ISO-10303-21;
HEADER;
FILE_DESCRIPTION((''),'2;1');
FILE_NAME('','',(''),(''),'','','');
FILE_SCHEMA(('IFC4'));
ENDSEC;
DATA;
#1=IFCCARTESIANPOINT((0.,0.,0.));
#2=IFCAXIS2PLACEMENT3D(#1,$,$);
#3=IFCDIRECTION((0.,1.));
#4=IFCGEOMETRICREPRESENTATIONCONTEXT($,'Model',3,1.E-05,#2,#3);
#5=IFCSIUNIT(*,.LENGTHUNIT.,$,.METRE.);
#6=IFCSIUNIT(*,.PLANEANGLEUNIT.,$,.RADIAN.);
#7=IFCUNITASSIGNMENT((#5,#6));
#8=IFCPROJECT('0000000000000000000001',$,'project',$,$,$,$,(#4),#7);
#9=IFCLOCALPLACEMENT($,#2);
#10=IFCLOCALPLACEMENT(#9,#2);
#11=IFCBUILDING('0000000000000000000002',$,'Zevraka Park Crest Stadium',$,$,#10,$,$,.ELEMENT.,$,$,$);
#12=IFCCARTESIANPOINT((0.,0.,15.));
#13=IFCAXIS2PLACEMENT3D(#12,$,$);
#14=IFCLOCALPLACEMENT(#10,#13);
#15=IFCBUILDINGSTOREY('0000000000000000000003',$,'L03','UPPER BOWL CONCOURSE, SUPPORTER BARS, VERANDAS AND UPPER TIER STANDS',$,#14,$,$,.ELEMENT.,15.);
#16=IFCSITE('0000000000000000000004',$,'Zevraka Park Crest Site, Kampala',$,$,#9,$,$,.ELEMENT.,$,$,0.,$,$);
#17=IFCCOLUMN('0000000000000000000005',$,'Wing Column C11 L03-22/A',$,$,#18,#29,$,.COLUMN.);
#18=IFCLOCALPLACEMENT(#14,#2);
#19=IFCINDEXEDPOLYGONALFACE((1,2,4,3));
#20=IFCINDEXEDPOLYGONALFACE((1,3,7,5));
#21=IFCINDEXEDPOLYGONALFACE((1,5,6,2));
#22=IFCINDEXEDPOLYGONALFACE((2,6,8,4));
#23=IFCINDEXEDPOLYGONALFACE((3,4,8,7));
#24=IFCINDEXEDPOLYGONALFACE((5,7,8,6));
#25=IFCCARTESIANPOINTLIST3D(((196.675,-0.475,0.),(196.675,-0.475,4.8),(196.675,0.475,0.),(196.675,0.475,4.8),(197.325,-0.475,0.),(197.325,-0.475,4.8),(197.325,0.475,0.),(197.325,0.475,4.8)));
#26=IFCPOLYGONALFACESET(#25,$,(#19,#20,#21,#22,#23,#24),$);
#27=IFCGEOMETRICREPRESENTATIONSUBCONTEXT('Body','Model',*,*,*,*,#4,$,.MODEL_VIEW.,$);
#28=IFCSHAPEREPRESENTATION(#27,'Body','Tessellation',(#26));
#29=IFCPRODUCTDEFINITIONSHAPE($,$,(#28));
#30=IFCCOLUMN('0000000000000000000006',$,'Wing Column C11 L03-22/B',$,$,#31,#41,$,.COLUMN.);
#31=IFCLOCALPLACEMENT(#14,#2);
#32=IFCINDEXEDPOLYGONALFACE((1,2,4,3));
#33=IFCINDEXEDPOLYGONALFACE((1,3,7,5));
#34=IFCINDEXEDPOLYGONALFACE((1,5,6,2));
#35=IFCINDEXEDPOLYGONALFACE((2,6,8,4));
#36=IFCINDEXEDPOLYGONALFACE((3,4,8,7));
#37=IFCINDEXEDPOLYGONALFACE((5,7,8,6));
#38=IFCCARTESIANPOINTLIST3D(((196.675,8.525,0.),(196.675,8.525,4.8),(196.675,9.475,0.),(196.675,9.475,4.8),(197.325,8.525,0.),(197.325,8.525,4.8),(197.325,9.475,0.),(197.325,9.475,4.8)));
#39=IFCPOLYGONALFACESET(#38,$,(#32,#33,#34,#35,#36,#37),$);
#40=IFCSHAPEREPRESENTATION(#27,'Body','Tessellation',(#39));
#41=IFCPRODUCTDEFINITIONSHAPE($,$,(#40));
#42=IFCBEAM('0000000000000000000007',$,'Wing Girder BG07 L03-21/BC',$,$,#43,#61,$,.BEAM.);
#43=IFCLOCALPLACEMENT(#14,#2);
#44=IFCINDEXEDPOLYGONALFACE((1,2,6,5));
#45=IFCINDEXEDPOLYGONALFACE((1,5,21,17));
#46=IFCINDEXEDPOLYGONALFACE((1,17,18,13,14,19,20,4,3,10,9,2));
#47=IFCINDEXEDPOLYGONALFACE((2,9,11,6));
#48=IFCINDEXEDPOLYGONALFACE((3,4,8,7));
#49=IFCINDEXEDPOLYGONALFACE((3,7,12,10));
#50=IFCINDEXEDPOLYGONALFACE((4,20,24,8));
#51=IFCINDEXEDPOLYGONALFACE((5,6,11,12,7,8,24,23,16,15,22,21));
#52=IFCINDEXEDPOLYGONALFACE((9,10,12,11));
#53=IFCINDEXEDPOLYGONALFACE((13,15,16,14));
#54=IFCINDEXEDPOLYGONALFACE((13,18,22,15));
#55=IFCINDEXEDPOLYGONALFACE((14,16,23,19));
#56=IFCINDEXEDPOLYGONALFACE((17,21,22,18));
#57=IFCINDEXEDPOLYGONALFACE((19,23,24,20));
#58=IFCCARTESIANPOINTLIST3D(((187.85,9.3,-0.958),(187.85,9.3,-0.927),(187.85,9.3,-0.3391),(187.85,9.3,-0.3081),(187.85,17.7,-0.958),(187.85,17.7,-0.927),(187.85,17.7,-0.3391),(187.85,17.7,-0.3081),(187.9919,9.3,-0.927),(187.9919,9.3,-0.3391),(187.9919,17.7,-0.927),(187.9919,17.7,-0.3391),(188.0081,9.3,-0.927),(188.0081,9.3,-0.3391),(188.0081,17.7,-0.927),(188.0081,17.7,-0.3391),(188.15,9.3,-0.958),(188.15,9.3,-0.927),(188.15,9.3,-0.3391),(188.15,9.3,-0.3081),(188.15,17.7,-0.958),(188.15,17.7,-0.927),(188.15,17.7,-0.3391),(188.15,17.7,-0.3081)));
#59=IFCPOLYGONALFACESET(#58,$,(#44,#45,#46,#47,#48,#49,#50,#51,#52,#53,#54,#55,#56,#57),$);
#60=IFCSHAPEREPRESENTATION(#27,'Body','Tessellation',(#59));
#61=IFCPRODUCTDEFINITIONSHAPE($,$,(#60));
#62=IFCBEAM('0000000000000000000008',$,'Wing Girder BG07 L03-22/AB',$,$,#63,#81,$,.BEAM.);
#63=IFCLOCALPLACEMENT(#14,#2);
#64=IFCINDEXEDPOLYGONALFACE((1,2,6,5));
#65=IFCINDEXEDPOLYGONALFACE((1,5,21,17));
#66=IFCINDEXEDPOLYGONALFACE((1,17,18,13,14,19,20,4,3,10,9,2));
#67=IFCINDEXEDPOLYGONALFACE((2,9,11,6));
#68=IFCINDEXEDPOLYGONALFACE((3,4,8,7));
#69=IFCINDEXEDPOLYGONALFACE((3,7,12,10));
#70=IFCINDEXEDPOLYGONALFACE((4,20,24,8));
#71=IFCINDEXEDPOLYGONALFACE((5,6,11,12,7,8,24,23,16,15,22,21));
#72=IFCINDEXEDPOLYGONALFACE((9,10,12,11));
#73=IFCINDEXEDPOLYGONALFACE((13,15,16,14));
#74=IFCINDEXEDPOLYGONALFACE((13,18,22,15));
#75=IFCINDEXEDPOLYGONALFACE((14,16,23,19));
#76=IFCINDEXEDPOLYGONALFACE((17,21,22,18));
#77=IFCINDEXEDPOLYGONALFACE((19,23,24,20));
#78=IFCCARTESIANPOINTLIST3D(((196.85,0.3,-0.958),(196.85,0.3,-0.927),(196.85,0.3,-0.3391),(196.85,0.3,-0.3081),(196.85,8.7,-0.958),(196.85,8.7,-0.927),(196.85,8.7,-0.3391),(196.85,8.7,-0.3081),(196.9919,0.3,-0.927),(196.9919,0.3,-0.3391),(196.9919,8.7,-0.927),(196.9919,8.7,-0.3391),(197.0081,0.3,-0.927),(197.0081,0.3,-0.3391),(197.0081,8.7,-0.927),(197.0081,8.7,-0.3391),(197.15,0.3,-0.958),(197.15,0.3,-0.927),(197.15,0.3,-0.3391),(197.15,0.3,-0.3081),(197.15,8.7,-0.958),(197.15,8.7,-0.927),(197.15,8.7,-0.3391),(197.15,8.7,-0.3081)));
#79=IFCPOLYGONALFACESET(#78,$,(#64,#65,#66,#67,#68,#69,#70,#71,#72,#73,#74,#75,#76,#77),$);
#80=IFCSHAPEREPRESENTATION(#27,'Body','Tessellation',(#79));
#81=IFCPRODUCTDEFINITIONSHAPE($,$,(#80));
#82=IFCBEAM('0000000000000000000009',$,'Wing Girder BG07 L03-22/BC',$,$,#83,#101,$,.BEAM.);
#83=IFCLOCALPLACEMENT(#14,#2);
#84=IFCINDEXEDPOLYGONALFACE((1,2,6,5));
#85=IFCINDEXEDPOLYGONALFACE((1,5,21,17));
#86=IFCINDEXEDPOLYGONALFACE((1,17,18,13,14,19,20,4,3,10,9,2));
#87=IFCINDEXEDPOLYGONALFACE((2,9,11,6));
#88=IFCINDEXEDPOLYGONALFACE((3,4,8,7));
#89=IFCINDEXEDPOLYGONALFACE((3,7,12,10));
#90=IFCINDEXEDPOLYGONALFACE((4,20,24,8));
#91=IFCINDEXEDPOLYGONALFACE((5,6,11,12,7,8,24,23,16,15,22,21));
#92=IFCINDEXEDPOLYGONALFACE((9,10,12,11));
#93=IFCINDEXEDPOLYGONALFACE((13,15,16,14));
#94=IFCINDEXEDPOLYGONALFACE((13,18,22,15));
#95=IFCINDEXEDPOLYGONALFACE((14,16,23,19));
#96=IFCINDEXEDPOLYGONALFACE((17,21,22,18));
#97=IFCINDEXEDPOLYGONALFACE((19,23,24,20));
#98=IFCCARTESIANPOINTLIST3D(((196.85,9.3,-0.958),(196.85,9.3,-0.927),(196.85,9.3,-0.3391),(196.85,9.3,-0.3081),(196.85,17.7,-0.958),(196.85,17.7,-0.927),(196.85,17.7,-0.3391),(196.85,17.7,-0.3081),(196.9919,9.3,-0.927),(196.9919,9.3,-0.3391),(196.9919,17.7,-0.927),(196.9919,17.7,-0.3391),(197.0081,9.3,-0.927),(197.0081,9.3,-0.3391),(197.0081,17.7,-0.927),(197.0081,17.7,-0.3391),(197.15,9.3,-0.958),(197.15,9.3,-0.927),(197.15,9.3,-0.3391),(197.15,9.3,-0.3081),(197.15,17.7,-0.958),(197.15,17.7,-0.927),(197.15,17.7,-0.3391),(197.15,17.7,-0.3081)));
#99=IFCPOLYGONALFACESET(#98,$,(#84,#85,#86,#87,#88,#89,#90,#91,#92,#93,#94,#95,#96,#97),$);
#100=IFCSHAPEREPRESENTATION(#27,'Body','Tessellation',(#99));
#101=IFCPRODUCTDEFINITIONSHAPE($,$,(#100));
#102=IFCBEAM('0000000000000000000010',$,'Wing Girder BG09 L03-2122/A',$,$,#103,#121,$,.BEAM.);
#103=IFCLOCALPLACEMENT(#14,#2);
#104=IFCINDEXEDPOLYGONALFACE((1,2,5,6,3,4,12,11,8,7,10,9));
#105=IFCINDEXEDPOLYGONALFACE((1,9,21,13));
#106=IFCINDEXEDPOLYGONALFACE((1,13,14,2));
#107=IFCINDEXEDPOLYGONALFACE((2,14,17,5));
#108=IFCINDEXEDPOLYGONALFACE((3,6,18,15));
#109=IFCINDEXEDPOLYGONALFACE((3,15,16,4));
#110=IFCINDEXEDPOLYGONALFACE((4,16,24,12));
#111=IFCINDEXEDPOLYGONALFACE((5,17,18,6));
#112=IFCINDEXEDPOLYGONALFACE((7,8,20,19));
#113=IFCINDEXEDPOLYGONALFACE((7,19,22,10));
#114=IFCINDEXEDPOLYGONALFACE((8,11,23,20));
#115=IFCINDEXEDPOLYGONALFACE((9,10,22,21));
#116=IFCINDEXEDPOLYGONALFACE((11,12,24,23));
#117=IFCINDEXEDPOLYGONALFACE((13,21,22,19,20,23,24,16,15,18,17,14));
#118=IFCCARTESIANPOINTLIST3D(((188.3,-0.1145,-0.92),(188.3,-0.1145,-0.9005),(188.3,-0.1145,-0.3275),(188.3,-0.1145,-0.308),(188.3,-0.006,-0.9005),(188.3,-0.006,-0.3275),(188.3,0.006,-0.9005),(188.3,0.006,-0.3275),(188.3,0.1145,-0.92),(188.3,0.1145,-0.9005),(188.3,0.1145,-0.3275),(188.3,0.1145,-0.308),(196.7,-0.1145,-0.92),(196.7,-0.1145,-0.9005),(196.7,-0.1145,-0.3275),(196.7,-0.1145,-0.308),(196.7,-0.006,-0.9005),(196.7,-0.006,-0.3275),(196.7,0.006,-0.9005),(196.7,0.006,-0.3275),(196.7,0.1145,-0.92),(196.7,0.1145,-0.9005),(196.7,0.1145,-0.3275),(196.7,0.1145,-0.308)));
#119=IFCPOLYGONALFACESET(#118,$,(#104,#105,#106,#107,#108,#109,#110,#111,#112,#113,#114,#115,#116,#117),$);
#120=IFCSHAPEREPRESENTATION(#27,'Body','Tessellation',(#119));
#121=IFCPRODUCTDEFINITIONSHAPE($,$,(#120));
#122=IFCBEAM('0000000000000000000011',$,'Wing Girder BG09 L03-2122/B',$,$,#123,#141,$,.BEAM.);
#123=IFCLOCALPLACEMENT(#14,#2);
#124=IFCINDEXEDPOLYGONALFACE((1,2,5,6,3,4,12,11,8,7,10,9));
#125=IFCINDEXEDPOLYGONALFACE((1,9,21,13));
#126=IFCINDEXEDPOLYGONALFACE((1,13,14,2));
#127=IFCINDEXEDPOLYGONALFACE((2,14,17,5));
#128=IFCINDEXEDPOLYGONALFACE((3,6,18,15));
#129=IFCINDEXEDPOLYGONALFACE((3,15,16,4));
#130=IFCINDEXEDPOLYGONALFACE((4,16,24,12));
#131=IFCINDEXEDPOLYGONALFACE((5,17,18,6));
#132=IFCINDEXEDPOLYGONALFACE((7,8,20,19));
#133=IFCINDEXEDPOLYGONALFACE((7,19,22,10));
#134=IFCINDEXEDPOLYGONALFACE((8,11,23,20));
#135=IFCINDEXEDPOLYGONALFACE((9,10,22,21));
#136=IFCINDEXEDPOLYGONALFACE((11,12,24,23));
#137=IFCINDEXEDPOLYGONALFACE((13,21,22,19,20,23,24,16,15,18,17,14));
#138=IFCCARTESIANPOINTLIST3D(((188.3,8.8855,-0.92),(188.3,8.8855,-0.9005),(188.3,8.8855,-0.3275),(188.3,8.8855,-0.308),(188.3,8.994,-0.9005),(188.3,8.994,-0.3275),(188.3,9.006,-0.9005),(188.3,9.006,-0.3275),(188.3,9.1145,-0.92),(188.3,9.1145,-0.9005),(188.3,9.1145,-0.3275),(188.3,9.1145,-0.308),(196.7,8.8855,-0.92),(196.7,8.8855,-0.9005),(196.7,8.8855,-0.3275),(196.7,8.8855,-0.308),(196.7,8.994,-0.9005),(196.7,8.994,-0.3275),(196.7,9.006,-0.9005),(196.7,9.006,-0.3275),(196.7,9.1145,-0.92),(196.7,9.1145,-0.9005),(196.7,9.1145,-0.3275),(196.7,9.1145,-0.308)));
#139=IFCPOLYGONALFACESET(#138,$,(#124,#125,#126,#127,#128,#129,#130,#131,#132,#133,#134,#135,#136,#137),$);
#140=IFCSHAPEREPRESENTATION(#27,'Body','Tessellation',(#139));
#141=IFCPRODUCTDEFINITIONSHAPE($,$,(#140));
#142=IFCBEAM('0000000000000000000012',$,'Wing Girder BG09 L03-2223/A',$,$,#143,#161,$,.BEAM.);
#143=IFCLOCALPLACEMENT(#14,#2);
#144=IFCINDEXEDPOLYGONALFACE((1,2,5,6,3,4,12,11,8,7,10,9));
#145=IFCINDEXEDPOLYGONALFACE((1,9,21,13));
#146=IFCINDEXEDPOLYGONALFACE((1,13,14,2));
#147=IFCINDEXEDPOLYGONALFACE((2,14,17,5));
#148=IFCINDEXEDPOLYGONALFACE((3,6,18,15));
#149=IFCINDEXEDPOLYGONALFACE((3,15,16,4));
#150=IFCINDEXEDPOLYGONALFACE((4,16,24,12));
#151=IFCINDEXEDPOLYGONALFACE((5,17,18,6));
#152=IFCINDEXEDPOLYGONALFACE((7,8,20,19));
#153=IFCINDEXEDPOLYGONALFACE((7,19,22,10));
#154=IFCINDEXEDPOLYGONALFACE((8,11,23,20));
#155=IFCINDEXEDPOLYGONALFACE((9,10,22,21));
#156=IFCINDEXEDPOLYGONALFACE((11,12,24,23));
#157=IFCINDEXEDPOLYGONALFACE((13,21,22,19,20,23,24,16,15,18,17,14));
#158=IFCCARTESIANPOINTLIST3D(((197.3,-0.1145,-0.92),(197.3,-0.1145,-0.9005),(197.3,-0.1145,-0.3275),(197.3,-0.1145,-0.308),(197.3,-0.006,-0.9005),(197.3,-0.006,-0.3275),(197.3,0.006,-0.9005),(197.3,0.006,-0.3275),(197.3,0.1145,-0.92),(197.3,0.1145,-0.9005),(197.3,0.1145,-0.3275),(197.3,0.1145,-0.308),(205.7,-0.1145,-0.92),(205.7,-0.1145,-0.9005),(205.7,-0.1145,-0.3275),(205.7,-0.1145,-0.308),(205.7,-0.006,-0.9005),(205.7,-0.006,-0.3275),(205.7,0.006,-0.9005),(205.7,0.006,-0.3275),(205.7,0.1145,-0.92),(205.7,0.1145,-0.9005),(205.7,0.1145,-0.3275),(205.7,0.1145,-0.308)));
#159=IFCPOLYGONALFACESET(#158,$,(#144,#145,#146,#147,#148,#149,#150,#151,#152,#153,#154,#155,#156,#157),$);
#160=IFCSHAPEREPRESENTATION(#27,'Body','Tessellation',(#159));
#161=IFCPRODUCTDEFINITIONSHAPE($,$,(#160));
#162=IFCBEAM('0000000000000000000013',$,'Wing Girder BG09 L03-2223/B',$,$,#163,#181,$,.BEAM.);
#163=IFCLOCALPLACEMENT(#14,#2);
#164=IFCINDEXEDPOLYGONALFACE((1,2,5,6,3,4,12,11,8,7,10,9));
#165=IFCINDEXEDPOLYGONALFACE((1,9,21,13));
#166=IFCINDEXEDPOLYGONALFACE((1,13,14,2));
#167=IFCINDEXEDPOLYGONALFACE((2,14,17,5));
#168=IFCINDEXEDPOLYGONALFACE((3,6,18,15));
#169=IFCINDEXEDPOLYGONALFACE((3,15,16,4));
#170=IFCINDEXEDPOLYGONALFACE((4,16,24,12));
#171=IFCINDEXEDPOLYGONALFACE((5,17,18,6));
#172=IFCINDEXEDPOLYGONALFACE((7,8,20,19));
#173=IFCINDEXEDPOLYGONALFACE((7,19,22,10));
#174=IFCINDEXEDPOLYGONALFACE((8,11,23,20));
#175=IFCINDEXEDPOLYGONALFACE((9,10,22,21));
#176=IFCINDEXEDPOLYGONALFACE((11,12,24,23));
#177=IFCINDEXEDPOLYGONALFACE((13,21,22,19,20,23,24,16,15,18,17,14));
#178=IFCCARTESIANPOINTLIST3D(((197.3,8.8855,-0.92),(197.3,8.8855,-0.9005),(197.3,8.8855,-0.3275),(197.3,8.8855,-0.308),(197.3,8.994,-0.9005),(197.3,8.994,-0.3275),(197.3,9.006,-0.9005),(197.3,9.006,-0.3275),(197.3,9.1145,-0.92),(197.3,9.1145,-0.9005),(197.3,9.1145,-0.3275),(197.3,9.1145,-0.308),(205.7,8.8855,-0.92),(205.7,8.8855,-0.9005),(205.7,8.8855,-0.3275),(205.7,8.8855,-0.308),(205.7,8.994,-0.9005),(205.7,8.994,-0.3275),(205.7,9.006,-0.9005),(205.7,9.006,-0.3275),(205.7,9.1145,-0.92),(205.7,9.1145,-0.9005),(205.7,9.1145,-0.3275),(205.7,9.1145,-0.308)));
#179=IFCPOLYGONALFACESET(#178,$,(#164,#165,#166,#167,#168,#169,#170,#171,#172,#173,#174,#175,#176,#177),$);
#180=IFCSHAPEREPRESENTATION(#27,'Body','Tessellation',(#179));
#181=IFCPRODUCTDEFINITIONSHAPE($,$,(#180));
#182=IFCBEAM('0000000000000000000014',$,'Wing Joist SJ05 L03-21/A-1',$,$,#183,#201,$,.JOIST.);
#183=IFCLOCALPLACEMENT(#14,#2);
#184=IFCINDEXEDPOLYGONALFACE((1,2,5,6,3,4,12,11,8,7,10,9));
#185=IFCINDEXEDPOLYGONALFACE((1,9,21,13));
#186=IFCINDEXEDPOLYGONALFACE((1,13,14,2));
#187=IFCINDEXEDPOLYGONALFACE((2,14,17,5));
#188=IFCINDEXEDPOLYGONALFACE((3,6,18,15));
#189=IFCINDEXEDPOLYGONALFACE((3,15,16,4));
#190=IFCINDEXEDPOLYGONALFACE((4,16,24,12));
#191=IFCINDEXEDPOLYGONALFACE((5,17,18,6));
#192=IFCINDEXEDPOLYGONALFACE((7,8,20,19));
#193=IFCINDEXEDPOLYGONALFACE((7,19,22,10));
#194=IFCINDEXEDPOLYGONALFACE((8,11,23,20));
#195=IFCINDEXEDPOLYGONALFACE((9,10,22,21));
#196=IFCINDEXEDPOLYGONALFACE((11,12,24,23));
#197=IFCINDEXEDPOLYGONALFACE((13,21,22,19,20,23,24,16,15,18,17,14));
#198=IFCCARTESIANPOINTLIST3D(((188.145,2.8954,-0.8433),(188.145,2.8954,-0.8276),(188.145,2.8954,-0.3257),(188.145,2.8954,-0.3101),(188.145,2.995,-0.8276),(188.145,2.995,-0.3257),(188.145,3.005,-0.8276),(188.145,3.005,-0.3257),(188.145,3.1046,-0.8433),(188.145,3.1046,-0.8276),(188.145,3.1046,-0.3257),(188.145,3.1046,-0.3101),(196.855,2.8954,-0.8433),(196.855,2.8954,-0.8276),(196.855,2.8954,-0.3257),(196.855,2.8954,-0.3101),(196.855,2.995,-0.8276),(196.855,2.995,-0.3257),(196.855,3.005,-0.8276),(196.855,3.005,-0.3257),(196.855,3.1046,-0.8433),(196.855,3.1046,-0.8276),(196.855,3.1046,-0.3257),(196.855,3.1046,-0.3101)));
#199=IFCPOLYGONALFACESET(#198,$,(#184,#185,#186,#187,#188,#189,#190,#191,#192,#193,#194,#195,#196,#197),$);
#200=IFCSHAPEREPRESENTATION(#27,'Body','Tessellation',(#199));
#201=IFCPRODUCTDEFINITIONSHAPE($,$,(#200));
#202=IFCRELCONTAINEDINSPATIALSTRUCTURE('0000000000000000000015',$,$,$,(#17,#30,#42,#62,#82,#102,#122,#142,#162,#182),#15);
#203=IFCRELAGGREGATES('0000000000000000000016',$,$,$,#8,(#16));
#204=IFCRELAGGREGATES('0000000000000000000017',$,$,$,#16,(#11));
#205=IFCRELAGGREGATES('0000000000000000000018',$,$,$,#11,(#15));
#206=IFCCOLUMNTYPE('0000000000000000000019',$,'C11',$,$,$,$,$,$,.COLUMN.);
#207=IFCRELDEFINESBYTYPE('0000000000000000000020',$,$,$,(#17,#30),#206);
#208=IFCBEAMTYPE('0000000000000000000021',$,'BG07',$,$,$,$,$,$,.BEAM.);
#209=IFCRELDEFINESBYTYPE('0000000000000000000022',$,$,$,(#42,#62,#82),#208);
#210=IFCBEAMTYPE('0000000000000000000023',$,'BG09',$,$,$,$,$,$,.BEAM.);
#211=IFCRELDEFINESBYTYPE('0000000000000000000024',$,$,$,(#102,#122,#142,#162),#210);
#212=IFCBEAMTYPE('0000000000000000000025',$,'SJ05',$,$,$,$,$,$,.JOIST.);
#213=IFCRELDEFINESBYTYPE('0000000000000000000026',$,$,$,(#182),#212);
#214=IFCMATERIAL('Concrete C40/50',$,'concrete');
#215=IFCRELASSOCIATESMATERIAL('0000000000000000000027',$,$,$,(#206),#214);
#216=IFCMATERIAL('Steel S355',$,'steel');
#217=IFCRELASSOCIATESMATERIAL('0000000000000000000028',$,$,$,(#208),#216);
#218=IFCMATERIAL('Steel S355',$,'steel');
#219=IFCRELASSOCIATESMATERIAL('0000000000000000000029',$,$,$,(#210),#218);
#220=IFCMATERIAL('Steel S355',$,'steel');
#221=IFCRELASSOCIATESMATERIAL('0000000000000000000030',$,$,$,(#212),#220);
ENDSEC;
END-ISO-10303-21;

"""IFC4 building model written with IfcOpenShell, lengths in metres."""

from ifc_helpers import new_model, si_unit, direction, frame, origin, origin_2d, place, context, subcontext, project, spatial, rectangle, i_section, extrude, material, material_profile, profile_set, type_object, element, save


model = new_model("IFC4")

# Units and contexts
model_context = context("Model", 3, precision=1e-05, world=origin(), true_north=direction((0.0, 1.0)))
body_context = subcontext(model_context, "Body", "Model", "MODEL_VIEW")
ifc_project = project(units=[si_unit("LENGTHUNIT", "METRE"), si_unit("PLANEANGLEUNIT", "RADIAN")], contexts=[model_context])

# Site, building, storey
site_placement = place(None, origin())
site = spatial("IfcSite", under=ifc_project, at=site_placement, Name="Zevraka Park Crest Site, Kampala", CompositionType="ELEMENT", RefElevation=0.0)
building_placement = place(site_placement, origin())
building = spatial("IfcBuilding", under=site, at=building_placement, Name="Zevraka Park Crest Stadium", CompositionType="ELEMENT")
storey_placement = place(building_placement, frame((0.0, 0.0, 15.0)))
storey = spatial("IfcBuildingStorey", under=building, at=storey_placement, Name="L03", Description="UPPER BOWL CONCOURSE, SUPPORTER BARS, VERANDAS AND UPPER TIER STANDS", CompositionType="ELEMENT", Elevation=15.0)

# Columns
ifc_material_1 = material(Name="Concrete C40/50", Category="concrete")
ifc_material_profile_1 = material_profile(ifc_material_1, rectangle(XDim=0.6499, YDim=0.95, at=origin_2d()), Name="RC 950x650")
ifc_profile_set_1 = profile_set([ifc_material_profile_1], Name="Concrete C40/50")
column_type = type_object("IfcColumnType", Name="C11", PredefinedType="COLUMN", material=ifc_profile_set_1)
for number, where, z_axis, x_axis, name in (
    (1, (197.0, 0.0, 0.0), (0.0, 0.0, 1.0), (1.0, 0.0, 0.0), "Wing Column C11 L03-22/A"),
    (2, (197.0, 9.0, 0.0), (0.0, 0.0, 1.0), (1.0, 0.0, 0.0), "Wing Column C11 L03-22/B"),
):
    element("IfcColumn", number, at=place(storey_placement, frame(where, z_axis=z_axis, x_axis=x_axis)), inside=storey, type_object=column_type, Name=name, PredefinedType="COLUMN", context=body_context, shape_type="SweptSolid", body=[
        extrude(rectangle(XDim=0.6499, YDim=0.95, at=origin_2d()), origin(), (0.0, 0.0, 1.0), 4.8),
    ])

# Beams
ifc_material_2 = material(Name="Steel S355", Category="steel")
ifc_material_profile_2 = material_profile(ifc_material_2, i_section(OverallWidth=0.3, OverallDepth=0.6499, WebThickness=0.0161, FlangeThickness=0.031, at=origin_2d()), Name="HEB 650")
ifc_profile_set_2 = profile_set([ifc_material_profile_2], Name="Steel S355")
beam_type_1 = type_object("IfcBeamType", Name="BG07", PredefinedType="BEAM", material=ifc_profile_set_2)
for number, where, z_axis, x_axis, name in (
    (3, (188.0, 9.3, -0.6331), (0.0, 1.0, 0.0), (-1.0, 0.0, 0.0), "Wing Girder BG07 L03-21/BC"),
    (4, (197.0, 0.3, -0.6331), (0.0, 1.0, 0.0), (-1.0, 0.0, 0.0), "Wing Girder BG07 L03-22/AB"),
    (5, (197.0, 9.3, -0.6331), (0.0, 1.0, 0.0), (-1.0, 0.0, 0.0), "Wing Girder BG07 L03-22/BC"),
):
    element("IfcBeam", number, at=place(storey_placement, frame(where, z_axis=z_axis, x_axis=x_axis)), inside=storey, type_object=beam_type_1, Name=name, PredefinedType="BEAM", context=body_context, shape_type="SweptSolid", body=[
        extrude(i_section(OverallWidth=0.3, OverallDepth=0.6499, WebThickness=0.0161, FlangeThickness=0.031, at=origin_2d()), origin(), (0.0, 0.0, 1.0), 8.3999),
    ])
ifc_material_3 = material(Name="Steel S355", Category="steel")
ifc_material_profile_3 = material_profile(ifc_material_3, i_section(OverallWidth=0.229, OverallDepth=0.6121, WebThickness=0.012, FlangeThickness=0.0195, at=origin_2d()), Name="UKB 610x229x125")
ifc_profile_set_3 = profile_set([ifc_material_profile_3], Name="Steel S355")
beam_type_2 = type_object("IfcBeamType", Name="BG09", PredefinedType="BEAM", material=ifc_profile_set_3)
for number, where, z_axis, x_axis, name in (
    (6, (188.3, 0.0, -0.614), (1.0, 0.0, 0.0), (0.0, 1.0, 0.0), "Wing Girder BG09 L03-2122/A"),
    (7, (188.3, 9.0, -0.614), (1.0, 0.0, 0.0), (0.0, 1.0, 0.0), "Wing Girder BG09 L03-2122/B"),
    (8, (197.3, 0.0, -0.614), (1.0, 0.0, 0.0), (0.0, 1.0, 0.0), "Wing Girder BG09 L03-2223/A"),
    (9, (197.3, 9.0, -0.614), (1.0, 0.0, 0.0), (0.0, 1.0, 0.0), "Wing Girder BG09 L03-2223/B"),
):
    element("IfcBeam", number, at=place(storey_placement, frame(where, z_axis=z_axis, x_axis=x_axis)), inside=storey, type_object=beam_type_2, Name=name, PredefinedType="BEAM", context=body_context, shape_type="SweptSolid", body=[
        extrude(i_section(OverallWidth=0.229, OverallDepth=0.6121, WebThickness=0.012, FlangeThickness=0.0195, at=origin_2d()), origin(), (0.0, 0.0, 1.0), 8.3999),
    ])
ifc_material_4 = material(Name="Steel S355", Category="steel")
ifc_material_profile_4 = material_profile(ifc_material_4, i_section(OverallWidth=0.2092, OverallDepth=0.5332, WebThickness=0.01, FlangeThickness=0.0156, at=origin_2d()), Name="UKB 533x210x92")
ifc_profile_set_4 = profile_set([ifc_material_profile_4], Name="Steel S355")
beam_type_3 = type_object("IfcBeamType", Name="SJ05", PredefinedType="JOIST", material=ifc_profile_set_4)
for number, where, z_axis, x_axis, name in (
    (10, (188.145, 3.0, -0.5767), (1.0, 0.0, 0.0), (0.0, 1.0, 0.0), "Wing Joist SJ05 L03-21/A-1"),
):
    element("IfcBeam", number, at=place(storey_placement, frame(where, z_axis=z_axis, x_axis=x_axis)), inside=storey, type_object=beam_type_3, Name=name, PredefinedType="JOIST", context=body_context, shape_type="SweptSolid", body=[
        extrude(i_section(OverallWidth=0.2092, OverallDepth=0.5332, WebThickness=0.01, FlangeThickness=0.0156, at=origin_2d()), origin(), (0.0, 0.0, 1.0), 8.71),
    ])

save(model, "model.ifc")
